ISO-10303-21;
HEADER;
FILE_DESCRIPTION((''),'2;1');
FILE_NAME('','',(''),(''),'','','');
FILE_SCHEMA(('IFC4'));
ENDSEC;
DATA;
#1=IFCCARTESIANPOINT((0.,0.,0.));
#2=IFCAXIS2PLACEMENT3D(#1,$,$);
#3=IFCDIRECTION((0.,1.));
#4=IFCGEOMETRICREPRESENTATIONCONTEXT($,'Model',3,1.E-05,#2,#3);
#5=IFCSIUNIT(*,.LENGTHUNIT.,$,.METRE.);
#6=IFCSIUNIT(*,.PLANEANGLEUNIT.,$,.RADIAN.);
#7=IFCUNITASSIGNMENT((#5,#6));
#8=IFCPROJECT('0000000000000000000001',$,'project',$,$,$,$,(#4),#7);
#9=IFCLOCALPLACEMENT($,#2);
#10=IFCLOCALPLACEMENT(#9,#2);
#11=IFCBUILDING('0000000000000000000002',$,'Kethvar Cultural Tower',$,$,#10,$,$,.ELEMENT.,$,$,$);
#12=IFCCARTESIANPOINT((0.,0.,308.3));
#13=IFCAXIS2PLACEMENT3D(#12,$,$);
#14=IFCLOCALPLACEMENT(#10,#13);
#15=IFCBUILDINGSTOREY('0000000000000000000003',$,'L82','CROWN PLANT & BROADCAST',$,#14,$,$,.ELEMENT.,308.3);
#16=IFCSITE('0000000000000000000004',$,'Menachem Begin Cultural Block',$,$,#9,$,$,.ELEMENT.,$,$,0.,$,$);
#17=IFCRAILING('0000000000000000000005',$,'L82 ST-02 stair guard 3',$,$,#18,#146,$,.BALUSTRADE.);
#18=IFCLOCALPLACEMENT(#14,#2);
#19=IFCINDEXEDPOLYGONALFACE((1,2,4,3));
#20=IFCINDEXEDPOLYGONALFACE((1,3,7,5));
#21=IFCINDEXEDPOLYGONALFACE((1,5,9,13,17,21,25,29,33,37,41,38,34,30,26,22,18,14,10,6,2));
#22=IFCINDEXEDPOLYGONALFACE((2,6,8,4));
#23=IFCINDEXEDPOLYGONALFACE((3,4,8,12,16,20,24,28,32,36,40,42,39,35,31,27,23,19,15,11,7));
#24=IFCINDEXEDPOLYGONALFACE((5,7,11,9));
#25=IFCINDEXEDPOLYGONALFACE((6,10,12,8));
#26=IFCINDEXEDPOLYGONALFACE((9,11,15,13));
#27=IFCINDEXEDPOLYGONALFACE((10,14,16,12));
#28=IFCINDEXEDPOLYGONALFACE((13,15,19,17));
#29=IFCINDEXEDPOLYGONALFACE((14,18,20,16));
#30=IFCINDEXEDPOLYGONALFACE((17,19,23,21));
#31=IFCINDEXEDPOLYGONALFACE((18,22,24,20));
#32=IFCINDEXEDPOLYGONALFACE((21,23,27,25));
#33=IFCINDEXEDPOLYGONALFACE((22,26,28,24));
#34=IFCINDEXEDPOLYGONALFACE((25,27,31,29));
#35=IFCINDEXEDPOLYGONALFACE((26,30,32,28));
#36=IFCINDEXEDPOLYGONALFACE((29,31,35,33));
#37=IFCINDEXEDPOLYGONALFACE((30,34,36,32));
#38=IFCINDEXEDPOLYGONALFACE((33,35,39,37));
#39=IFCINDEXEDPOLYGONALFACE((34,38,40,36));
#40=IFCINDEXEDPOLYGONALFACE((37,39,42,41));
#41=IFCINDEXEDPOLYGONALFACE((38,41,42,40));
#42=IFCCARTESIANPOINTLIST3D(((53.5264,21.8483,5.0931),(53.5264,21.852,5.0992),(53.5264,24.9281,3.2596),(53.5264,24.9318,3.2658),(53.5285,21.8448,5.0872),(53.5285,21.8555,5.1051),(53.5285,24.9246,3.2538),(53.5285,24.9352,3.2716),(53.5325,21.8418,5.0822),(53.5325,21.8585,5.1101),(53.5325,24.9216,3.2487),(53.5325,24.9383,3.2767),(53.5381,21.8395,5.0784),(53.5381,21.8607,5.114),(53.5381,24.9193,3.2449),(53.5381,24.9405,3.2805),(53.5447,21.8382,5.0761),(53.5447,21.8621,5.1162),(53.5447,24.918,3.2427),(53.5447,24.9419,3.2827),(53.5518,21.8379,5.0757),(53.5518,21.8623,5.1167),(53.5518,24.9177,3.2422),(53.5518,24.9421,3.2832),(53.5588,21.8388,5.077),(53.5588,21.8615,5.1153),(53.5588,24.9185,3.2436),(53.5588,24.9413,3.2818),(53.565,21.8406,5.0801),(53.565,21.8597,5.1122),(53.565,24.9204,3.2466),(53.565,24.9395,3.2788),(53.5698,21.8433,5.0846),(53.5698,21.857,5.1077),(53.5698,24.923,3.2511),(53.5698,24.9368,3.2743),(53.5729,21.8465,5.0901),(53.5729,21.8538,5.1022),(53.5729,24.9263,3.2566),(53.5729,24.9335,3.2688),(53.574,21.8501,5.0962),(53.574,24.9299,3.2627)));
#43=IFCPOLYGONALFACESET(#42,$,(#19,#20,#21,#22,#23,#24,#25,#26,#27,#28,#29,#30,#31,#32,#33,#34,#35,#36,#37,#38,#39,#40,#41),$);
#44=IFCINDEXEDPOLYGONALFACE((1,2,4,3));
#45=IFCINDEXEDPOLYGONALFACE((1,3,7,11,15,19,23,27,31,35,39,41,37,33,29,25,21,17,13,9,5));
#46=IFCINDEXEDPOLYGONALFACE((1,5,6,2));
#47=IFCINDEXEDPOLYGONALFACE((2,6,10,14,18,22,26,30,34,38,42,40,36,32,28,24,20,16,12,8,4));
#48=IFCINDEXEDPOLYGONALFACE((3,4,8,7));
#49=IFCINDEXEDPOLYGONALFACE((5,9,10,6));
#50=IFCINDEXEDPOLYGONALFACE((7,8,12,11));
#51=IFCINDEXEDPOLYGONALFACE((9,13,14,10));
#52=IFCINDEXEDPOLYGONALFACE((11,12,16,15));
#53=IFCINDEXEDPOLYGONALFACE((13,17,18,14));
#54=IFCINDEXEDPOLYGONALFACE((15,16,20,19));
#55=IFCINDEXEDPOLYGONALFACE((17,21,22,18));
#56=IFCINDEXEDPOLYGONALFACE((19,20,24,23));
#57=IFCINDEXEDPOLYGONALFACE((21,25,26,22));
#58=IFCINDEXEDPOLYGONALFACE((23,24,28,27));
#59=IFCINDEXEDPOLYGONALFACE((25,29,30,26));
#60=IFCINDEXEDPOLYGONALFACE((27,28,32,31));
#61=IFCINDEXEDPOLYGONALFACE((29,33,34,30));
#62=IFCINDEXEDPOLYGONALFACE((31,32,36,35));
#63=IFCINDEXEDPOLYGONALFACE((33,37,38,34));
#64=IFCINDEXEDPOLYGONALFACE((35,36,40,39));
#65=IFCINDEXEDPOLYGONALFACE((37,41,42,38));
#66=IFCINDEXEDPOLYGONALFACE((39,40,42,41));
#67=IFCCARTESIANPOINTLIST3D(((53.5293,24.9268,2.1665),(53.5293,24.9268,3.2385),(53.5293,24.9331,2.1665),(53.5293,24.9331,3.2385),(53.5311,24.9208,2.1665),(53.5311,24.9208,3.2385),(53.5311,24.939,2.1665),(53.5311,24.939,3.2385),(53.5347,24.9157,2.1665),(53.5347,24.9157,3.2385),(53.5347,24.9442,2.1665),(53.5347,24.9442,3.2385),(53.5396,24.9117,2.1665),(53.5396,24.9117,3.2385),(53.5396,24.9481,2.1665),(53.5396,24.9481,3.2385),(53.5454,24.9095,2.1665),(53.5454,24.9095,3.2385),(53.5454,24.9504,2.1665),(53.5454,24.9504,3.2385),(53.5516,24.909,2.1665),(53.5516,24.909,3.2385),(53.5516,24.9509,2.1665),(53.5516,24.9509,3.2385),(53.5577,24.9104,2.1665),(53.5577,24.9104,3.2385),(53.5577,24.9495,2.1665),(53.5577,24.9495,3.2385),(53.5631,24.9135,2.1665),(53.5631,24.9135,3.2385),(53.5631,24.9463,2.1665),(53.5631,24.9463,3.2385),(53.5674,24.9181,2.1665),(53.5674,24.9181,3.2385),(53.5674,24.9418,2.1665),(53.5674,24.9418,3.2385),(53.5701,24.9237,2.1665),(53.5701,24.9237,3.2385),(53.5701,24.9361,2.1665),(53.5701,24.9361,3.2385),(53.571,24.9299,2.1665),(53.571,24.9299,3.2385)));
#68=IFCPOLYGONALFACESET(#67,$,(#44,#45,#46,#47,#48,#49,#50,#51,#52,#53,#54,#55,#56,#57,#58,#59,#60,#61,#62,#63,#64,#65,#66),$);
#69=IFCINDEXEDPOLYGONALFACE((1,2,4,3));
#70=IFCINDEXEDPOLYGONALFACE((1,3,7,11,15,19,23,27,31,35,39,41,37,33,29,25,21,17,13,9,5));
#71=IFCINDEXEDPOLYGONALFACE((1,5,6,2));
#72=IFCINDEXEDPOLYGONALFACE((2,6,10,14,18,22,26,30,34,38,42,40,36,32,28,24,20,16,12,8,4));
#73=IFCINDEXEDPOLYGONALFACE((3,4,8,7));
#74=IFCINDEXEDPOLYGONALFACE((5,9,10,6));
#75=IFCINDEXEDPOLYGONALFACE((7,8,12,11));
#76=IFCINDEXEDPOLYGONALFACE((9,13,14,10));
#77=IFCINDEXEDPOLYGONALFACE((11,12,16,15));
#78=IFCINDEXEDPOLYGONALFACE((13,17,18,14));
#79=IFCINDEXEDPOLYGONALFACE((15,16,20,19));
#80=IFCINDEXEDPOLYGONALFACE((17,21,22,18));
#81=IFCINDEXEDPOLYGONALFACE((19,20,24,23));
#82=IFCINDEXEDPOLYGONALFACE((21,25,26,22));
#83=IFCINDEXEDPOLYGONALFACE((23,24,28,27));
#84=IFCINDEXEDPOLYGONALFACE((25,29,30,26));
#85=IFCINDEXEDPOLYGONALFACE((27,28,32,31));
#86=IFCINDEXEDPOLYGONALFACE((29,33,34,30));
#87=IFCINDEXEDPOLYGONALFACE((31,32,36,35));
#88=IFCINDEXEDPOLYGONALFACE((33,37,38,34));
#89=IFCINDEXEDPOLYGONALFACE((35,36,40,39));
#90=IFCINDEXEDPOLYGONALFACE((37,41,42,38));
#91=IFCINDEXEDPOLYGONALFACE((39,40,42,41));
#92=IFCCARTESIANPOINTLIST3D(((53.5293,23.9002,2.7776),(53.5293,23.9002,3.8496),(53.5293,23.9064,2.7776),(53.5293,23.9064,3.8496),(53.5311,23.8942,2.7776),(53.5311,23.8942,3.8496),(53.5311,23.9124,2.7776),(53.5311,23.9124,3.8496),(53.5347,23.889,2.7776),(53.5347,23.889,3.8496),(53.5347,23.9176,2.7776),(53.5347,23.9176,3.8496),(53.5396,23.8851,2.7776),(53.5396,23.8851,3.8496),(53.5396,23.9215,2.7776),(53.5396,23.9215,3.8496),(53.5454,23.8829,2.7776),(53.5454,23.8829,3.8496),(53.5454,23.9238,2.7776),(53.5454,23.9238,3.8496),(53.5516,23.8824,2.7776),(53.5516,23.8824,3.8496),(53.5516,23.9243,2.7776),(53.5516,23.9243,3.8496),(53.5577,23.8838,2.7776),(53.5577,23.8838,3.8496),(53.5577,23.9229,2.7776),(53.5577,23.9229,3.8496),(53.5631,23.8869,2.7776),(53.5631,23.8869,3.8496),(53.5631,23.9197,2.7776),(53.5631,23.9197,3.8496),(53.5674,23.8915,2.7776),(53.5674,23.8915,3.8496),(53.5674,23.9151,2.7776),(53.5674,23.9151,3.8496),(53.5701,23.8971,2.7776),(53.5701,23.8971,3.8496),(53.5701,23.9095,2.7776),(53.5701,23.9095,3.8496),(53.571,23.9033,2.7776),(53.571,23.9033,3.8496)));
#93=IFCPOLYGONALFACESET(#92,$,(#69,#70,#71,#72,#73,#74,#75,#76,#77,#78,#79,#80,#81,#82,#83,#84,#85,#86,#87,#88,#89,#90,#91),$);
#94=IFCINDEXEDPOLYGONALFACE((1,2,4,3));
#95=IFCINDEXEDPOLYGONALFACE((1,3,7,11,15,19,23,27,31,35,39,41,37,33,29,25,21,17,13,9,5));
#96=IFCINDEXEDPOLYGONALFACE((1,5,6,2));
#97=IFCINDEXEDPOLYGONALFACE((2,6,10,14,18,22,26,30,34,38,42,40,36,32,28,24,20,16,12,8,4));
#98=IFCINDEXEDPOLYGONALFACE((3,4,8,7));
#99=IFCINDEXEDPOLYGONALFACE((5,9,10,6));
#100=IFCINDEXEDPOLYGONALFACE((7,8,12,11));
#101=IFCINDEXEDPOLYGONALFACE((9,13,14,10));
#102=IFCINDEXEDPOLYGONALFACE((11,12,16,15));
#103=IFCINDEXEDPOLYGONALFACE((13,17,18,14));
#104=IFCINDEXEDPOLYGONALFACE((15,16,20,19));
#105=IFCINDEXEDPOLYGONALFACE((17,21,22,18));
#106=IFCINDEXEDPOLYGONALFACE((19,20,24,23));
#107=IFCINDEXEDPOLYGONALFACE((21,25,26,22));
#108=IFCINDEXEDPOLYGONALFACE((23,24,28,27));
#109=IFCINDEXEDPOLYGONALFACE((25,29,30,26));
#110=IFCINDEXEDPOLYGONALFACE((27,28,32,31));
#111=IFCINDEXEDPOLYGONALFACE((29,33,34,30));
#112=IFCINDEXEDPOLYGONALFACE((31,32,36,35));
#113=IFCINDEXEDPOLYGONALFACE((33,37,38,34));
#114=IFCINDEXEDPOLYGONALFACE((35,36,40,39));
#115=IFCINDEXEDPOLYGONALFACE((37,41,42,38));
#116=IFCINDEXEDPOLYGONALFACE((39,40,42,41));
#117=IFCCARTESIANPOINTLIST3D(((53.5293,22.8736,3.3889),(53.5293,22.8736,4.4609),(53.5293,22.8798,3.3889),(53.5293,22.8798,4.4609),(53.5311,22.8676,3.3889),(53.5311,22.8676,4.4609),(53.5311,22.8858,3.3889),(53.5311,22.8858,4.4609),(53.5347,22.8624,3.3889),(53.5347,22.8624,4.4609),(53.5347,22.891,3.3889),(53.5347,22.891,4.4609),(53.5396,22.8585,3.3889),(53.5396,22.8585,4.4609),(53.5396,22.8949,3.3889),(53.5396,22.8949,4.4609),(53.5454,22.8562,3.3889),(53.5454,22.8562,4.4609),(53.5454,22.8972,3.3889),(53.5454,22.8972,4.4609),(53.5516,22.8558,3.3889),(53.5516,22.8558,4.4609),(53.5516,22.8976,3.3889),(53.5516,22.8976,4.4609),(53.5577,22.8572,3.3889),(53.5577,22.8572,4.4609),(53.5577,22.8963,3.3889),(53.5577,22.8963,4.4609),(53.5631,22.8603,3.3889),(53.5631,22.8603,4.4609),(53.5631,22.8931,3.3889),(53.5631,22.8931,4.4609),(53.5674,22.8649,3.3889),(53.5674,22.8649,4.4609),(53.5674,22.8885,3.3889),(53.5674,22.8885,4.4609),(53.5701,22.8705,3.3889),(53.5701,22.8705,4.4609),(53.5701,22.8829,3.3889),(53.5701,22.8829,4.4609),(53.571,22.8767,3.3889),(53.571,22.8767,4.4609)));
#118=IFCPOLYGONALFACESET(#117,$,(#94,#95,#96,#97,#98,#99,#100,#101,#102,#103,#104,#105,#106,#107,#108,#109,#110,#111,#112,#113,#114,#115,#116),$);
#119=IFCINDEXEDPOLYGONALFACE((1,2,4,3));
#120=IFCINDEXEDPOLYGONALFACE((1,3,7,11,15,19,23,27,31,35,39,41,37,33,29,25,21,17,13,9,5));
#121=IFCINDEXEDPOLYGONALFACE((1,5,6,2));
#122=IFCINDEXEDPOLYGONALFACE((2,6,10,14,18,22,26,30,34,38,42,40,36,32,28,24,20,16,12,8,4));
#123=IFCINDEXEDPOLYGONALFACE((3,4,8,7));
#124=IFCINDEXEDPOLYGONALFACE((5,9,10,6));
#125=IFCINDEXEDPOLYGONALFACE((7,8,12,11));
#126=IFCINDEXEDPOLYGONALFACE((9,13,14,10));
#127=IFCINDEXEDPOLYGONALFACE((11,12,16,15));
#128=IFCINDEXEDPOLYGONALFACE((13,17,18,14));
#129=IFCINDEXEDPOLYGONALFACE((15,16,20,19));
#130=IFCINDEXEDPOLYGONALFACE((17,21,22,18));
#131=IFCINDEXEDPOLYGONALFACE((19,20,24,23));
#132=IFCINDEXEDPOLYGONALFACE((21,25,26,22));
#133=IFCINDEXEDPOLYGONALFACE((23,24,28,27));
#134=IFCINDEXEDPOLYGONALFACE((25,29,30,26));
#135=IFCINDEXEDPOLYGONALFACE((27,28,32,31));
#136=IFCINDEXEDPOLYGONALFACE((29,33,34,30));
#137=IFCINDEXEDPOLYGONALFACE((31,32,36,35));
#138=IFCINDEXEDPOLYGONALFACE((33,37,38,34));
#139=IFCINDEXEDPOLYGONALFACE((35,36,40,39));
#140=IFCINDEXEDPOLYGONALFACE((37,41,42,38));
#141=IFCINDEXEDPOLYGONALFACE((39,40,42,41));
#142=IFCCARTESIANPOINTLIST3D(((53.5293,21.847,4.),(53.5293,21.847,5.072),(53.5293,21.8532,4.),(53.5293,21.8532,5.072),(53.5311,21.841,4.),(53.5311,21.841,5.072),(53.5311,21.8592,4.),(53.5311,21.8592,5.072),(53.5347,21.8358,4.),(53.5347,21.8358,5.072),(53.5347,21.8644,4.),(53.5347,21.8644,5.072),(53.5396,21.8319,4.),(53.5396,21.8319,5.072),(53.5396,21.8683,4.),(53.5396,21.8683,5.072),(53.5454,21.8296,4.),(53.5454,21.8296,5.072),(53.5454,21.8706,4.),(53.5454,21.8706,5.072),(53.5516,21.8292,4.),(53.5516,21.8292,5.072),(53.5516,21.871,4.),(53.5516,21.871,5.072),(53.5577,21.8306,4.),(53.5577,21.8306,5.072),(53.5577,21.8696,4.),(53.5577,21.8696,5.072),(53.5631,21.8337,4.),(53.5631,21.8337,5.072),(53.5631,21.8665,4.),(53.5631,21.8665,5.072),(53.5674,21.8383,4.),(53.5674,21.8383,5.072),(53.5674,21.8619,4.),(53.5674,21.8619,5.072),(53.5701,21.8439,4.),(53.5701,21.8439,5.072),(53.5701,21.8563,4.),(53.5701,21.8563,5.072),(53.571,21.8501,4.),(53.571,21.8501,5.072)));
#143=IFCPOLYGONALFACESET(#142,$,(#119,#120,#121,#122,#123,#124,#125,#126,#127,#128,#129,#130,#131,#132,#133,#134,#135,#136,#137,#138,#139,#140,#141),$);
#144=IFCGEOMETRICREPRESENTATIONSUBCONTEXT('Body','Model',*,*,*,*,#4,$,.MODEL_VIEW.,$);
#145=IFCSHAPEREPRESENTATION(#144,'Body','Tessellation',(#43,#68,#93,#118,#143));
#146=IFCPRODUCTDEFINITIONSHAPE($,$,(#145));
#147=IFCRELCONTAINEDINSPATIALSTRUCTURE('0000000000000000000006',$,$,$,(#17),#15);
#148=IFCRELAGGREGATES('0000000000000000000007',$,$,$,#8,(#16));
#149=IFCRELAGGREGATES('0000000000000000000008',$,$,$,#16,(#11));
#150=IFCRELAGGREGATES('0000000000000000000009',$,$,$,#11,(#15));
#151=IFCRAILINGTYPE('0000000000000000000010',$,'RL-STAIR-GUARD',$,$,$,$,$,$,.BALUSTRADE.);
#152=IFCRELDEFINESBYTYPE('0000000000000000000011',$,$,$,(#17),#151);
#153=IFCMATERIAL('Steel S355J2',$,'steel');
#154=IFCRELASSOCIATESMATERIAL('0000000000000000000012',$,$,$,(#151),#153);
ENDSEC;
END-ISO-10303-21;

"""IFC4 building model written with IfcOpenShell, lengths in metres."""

from ifc_helpers import new_model, si_unit, direction, frame, origin, origin_2d, place, context, subcontext, project, spatial, circle, extrude, material, type_object, element, save


model = new_model("IFC4")

# Units and contexts
model_context = context("Model", 3, precision=1e-05, world=origin(), true_north=direction((0.0, 1.0)))
body_context = subcontext(model_context, "Body", "Model", "MODEL_VIEW")
ifc_project = project(units=[si_unit("LENGTHUNIT", "METRE"), si_unit("PLANEANGLEUNIT", "RADIAN")], contexts=[model_context])

# Site, building, storey
site_placement = place(None, origin())
site = spatial("IfcSite", under=ifc_project, at=site_placement, Name="Menachem Begin Cultural Block", CompositionType="ELEMENT", RefElevation=0.0)
building_placement = place(site_placement, origin())
building = spatial("IfcBuilding", under=site, at=building_placement, Name="Kethvar Cultural Tower", CompositionType="ELEMENT")
storey_placement = place(building_placement, frame((0.0, 0.0, 308.3)))
storey = spatial("IfcBuildingStorey", under=building, at=storey_placement, Name="L82", Description="CROWN PLANT & BROADCAST", CompositionType="ELEMENT", Elevation=308.3)

# Shared definitions
ifc_material_1 = material(Name="Steel S355J2", Category="steel")

# Railing
railing_type_1 = type_object("IfcRailingType", Name="RL-STAIR-GUARD", PredefinedType="BALUSTRADE", material=ifc_material_1)
railing_1_placement = place(storey_placement, frame((53.55, 24.9299, 2.1665)))
element("IfcRailing", 1, at=railing_1_placement, inside=storey, type_object=railing_type_1, Name="L82 ST-02 stair guard 3", PredefinedType="BALUSTRADE", context=body_context, shape_type="SweptSolid", body=[
    extrude(circle(Radius=0.0239, at=origin_2d()), frame((0.0, 0.0, 1.0962), z_axis=(0.0, -0.859261, 0.511538), x_axis=(1.0, 0.0, 0.0)), (0.0, 0.0, 1.0), 3.5842),
    extrude(circle(Radius=0.021, at=origin_2d()), origin(), (0.0, 0.0, 1.0), 1.072),
    extrude(circle(Radius=0.021, at=origin_2d()), frame((0.0, -1.0266, 0.6111)), (0.0, 0.0, 1.0), 1.072),
    extrude(circle(Radius=0.021, at=origin_2d()), frame((0.0, -2.0532, 1.2224)), (0.0, 0.0, 1.0), 1.072),
    extrude(circle(Radius=0.021, at=origin_2d()), frame((0.0, -3.0798, 1.8335)), (0.0, 0.0, 1.0), 1.072),
])

save(model, "model.ifc")
